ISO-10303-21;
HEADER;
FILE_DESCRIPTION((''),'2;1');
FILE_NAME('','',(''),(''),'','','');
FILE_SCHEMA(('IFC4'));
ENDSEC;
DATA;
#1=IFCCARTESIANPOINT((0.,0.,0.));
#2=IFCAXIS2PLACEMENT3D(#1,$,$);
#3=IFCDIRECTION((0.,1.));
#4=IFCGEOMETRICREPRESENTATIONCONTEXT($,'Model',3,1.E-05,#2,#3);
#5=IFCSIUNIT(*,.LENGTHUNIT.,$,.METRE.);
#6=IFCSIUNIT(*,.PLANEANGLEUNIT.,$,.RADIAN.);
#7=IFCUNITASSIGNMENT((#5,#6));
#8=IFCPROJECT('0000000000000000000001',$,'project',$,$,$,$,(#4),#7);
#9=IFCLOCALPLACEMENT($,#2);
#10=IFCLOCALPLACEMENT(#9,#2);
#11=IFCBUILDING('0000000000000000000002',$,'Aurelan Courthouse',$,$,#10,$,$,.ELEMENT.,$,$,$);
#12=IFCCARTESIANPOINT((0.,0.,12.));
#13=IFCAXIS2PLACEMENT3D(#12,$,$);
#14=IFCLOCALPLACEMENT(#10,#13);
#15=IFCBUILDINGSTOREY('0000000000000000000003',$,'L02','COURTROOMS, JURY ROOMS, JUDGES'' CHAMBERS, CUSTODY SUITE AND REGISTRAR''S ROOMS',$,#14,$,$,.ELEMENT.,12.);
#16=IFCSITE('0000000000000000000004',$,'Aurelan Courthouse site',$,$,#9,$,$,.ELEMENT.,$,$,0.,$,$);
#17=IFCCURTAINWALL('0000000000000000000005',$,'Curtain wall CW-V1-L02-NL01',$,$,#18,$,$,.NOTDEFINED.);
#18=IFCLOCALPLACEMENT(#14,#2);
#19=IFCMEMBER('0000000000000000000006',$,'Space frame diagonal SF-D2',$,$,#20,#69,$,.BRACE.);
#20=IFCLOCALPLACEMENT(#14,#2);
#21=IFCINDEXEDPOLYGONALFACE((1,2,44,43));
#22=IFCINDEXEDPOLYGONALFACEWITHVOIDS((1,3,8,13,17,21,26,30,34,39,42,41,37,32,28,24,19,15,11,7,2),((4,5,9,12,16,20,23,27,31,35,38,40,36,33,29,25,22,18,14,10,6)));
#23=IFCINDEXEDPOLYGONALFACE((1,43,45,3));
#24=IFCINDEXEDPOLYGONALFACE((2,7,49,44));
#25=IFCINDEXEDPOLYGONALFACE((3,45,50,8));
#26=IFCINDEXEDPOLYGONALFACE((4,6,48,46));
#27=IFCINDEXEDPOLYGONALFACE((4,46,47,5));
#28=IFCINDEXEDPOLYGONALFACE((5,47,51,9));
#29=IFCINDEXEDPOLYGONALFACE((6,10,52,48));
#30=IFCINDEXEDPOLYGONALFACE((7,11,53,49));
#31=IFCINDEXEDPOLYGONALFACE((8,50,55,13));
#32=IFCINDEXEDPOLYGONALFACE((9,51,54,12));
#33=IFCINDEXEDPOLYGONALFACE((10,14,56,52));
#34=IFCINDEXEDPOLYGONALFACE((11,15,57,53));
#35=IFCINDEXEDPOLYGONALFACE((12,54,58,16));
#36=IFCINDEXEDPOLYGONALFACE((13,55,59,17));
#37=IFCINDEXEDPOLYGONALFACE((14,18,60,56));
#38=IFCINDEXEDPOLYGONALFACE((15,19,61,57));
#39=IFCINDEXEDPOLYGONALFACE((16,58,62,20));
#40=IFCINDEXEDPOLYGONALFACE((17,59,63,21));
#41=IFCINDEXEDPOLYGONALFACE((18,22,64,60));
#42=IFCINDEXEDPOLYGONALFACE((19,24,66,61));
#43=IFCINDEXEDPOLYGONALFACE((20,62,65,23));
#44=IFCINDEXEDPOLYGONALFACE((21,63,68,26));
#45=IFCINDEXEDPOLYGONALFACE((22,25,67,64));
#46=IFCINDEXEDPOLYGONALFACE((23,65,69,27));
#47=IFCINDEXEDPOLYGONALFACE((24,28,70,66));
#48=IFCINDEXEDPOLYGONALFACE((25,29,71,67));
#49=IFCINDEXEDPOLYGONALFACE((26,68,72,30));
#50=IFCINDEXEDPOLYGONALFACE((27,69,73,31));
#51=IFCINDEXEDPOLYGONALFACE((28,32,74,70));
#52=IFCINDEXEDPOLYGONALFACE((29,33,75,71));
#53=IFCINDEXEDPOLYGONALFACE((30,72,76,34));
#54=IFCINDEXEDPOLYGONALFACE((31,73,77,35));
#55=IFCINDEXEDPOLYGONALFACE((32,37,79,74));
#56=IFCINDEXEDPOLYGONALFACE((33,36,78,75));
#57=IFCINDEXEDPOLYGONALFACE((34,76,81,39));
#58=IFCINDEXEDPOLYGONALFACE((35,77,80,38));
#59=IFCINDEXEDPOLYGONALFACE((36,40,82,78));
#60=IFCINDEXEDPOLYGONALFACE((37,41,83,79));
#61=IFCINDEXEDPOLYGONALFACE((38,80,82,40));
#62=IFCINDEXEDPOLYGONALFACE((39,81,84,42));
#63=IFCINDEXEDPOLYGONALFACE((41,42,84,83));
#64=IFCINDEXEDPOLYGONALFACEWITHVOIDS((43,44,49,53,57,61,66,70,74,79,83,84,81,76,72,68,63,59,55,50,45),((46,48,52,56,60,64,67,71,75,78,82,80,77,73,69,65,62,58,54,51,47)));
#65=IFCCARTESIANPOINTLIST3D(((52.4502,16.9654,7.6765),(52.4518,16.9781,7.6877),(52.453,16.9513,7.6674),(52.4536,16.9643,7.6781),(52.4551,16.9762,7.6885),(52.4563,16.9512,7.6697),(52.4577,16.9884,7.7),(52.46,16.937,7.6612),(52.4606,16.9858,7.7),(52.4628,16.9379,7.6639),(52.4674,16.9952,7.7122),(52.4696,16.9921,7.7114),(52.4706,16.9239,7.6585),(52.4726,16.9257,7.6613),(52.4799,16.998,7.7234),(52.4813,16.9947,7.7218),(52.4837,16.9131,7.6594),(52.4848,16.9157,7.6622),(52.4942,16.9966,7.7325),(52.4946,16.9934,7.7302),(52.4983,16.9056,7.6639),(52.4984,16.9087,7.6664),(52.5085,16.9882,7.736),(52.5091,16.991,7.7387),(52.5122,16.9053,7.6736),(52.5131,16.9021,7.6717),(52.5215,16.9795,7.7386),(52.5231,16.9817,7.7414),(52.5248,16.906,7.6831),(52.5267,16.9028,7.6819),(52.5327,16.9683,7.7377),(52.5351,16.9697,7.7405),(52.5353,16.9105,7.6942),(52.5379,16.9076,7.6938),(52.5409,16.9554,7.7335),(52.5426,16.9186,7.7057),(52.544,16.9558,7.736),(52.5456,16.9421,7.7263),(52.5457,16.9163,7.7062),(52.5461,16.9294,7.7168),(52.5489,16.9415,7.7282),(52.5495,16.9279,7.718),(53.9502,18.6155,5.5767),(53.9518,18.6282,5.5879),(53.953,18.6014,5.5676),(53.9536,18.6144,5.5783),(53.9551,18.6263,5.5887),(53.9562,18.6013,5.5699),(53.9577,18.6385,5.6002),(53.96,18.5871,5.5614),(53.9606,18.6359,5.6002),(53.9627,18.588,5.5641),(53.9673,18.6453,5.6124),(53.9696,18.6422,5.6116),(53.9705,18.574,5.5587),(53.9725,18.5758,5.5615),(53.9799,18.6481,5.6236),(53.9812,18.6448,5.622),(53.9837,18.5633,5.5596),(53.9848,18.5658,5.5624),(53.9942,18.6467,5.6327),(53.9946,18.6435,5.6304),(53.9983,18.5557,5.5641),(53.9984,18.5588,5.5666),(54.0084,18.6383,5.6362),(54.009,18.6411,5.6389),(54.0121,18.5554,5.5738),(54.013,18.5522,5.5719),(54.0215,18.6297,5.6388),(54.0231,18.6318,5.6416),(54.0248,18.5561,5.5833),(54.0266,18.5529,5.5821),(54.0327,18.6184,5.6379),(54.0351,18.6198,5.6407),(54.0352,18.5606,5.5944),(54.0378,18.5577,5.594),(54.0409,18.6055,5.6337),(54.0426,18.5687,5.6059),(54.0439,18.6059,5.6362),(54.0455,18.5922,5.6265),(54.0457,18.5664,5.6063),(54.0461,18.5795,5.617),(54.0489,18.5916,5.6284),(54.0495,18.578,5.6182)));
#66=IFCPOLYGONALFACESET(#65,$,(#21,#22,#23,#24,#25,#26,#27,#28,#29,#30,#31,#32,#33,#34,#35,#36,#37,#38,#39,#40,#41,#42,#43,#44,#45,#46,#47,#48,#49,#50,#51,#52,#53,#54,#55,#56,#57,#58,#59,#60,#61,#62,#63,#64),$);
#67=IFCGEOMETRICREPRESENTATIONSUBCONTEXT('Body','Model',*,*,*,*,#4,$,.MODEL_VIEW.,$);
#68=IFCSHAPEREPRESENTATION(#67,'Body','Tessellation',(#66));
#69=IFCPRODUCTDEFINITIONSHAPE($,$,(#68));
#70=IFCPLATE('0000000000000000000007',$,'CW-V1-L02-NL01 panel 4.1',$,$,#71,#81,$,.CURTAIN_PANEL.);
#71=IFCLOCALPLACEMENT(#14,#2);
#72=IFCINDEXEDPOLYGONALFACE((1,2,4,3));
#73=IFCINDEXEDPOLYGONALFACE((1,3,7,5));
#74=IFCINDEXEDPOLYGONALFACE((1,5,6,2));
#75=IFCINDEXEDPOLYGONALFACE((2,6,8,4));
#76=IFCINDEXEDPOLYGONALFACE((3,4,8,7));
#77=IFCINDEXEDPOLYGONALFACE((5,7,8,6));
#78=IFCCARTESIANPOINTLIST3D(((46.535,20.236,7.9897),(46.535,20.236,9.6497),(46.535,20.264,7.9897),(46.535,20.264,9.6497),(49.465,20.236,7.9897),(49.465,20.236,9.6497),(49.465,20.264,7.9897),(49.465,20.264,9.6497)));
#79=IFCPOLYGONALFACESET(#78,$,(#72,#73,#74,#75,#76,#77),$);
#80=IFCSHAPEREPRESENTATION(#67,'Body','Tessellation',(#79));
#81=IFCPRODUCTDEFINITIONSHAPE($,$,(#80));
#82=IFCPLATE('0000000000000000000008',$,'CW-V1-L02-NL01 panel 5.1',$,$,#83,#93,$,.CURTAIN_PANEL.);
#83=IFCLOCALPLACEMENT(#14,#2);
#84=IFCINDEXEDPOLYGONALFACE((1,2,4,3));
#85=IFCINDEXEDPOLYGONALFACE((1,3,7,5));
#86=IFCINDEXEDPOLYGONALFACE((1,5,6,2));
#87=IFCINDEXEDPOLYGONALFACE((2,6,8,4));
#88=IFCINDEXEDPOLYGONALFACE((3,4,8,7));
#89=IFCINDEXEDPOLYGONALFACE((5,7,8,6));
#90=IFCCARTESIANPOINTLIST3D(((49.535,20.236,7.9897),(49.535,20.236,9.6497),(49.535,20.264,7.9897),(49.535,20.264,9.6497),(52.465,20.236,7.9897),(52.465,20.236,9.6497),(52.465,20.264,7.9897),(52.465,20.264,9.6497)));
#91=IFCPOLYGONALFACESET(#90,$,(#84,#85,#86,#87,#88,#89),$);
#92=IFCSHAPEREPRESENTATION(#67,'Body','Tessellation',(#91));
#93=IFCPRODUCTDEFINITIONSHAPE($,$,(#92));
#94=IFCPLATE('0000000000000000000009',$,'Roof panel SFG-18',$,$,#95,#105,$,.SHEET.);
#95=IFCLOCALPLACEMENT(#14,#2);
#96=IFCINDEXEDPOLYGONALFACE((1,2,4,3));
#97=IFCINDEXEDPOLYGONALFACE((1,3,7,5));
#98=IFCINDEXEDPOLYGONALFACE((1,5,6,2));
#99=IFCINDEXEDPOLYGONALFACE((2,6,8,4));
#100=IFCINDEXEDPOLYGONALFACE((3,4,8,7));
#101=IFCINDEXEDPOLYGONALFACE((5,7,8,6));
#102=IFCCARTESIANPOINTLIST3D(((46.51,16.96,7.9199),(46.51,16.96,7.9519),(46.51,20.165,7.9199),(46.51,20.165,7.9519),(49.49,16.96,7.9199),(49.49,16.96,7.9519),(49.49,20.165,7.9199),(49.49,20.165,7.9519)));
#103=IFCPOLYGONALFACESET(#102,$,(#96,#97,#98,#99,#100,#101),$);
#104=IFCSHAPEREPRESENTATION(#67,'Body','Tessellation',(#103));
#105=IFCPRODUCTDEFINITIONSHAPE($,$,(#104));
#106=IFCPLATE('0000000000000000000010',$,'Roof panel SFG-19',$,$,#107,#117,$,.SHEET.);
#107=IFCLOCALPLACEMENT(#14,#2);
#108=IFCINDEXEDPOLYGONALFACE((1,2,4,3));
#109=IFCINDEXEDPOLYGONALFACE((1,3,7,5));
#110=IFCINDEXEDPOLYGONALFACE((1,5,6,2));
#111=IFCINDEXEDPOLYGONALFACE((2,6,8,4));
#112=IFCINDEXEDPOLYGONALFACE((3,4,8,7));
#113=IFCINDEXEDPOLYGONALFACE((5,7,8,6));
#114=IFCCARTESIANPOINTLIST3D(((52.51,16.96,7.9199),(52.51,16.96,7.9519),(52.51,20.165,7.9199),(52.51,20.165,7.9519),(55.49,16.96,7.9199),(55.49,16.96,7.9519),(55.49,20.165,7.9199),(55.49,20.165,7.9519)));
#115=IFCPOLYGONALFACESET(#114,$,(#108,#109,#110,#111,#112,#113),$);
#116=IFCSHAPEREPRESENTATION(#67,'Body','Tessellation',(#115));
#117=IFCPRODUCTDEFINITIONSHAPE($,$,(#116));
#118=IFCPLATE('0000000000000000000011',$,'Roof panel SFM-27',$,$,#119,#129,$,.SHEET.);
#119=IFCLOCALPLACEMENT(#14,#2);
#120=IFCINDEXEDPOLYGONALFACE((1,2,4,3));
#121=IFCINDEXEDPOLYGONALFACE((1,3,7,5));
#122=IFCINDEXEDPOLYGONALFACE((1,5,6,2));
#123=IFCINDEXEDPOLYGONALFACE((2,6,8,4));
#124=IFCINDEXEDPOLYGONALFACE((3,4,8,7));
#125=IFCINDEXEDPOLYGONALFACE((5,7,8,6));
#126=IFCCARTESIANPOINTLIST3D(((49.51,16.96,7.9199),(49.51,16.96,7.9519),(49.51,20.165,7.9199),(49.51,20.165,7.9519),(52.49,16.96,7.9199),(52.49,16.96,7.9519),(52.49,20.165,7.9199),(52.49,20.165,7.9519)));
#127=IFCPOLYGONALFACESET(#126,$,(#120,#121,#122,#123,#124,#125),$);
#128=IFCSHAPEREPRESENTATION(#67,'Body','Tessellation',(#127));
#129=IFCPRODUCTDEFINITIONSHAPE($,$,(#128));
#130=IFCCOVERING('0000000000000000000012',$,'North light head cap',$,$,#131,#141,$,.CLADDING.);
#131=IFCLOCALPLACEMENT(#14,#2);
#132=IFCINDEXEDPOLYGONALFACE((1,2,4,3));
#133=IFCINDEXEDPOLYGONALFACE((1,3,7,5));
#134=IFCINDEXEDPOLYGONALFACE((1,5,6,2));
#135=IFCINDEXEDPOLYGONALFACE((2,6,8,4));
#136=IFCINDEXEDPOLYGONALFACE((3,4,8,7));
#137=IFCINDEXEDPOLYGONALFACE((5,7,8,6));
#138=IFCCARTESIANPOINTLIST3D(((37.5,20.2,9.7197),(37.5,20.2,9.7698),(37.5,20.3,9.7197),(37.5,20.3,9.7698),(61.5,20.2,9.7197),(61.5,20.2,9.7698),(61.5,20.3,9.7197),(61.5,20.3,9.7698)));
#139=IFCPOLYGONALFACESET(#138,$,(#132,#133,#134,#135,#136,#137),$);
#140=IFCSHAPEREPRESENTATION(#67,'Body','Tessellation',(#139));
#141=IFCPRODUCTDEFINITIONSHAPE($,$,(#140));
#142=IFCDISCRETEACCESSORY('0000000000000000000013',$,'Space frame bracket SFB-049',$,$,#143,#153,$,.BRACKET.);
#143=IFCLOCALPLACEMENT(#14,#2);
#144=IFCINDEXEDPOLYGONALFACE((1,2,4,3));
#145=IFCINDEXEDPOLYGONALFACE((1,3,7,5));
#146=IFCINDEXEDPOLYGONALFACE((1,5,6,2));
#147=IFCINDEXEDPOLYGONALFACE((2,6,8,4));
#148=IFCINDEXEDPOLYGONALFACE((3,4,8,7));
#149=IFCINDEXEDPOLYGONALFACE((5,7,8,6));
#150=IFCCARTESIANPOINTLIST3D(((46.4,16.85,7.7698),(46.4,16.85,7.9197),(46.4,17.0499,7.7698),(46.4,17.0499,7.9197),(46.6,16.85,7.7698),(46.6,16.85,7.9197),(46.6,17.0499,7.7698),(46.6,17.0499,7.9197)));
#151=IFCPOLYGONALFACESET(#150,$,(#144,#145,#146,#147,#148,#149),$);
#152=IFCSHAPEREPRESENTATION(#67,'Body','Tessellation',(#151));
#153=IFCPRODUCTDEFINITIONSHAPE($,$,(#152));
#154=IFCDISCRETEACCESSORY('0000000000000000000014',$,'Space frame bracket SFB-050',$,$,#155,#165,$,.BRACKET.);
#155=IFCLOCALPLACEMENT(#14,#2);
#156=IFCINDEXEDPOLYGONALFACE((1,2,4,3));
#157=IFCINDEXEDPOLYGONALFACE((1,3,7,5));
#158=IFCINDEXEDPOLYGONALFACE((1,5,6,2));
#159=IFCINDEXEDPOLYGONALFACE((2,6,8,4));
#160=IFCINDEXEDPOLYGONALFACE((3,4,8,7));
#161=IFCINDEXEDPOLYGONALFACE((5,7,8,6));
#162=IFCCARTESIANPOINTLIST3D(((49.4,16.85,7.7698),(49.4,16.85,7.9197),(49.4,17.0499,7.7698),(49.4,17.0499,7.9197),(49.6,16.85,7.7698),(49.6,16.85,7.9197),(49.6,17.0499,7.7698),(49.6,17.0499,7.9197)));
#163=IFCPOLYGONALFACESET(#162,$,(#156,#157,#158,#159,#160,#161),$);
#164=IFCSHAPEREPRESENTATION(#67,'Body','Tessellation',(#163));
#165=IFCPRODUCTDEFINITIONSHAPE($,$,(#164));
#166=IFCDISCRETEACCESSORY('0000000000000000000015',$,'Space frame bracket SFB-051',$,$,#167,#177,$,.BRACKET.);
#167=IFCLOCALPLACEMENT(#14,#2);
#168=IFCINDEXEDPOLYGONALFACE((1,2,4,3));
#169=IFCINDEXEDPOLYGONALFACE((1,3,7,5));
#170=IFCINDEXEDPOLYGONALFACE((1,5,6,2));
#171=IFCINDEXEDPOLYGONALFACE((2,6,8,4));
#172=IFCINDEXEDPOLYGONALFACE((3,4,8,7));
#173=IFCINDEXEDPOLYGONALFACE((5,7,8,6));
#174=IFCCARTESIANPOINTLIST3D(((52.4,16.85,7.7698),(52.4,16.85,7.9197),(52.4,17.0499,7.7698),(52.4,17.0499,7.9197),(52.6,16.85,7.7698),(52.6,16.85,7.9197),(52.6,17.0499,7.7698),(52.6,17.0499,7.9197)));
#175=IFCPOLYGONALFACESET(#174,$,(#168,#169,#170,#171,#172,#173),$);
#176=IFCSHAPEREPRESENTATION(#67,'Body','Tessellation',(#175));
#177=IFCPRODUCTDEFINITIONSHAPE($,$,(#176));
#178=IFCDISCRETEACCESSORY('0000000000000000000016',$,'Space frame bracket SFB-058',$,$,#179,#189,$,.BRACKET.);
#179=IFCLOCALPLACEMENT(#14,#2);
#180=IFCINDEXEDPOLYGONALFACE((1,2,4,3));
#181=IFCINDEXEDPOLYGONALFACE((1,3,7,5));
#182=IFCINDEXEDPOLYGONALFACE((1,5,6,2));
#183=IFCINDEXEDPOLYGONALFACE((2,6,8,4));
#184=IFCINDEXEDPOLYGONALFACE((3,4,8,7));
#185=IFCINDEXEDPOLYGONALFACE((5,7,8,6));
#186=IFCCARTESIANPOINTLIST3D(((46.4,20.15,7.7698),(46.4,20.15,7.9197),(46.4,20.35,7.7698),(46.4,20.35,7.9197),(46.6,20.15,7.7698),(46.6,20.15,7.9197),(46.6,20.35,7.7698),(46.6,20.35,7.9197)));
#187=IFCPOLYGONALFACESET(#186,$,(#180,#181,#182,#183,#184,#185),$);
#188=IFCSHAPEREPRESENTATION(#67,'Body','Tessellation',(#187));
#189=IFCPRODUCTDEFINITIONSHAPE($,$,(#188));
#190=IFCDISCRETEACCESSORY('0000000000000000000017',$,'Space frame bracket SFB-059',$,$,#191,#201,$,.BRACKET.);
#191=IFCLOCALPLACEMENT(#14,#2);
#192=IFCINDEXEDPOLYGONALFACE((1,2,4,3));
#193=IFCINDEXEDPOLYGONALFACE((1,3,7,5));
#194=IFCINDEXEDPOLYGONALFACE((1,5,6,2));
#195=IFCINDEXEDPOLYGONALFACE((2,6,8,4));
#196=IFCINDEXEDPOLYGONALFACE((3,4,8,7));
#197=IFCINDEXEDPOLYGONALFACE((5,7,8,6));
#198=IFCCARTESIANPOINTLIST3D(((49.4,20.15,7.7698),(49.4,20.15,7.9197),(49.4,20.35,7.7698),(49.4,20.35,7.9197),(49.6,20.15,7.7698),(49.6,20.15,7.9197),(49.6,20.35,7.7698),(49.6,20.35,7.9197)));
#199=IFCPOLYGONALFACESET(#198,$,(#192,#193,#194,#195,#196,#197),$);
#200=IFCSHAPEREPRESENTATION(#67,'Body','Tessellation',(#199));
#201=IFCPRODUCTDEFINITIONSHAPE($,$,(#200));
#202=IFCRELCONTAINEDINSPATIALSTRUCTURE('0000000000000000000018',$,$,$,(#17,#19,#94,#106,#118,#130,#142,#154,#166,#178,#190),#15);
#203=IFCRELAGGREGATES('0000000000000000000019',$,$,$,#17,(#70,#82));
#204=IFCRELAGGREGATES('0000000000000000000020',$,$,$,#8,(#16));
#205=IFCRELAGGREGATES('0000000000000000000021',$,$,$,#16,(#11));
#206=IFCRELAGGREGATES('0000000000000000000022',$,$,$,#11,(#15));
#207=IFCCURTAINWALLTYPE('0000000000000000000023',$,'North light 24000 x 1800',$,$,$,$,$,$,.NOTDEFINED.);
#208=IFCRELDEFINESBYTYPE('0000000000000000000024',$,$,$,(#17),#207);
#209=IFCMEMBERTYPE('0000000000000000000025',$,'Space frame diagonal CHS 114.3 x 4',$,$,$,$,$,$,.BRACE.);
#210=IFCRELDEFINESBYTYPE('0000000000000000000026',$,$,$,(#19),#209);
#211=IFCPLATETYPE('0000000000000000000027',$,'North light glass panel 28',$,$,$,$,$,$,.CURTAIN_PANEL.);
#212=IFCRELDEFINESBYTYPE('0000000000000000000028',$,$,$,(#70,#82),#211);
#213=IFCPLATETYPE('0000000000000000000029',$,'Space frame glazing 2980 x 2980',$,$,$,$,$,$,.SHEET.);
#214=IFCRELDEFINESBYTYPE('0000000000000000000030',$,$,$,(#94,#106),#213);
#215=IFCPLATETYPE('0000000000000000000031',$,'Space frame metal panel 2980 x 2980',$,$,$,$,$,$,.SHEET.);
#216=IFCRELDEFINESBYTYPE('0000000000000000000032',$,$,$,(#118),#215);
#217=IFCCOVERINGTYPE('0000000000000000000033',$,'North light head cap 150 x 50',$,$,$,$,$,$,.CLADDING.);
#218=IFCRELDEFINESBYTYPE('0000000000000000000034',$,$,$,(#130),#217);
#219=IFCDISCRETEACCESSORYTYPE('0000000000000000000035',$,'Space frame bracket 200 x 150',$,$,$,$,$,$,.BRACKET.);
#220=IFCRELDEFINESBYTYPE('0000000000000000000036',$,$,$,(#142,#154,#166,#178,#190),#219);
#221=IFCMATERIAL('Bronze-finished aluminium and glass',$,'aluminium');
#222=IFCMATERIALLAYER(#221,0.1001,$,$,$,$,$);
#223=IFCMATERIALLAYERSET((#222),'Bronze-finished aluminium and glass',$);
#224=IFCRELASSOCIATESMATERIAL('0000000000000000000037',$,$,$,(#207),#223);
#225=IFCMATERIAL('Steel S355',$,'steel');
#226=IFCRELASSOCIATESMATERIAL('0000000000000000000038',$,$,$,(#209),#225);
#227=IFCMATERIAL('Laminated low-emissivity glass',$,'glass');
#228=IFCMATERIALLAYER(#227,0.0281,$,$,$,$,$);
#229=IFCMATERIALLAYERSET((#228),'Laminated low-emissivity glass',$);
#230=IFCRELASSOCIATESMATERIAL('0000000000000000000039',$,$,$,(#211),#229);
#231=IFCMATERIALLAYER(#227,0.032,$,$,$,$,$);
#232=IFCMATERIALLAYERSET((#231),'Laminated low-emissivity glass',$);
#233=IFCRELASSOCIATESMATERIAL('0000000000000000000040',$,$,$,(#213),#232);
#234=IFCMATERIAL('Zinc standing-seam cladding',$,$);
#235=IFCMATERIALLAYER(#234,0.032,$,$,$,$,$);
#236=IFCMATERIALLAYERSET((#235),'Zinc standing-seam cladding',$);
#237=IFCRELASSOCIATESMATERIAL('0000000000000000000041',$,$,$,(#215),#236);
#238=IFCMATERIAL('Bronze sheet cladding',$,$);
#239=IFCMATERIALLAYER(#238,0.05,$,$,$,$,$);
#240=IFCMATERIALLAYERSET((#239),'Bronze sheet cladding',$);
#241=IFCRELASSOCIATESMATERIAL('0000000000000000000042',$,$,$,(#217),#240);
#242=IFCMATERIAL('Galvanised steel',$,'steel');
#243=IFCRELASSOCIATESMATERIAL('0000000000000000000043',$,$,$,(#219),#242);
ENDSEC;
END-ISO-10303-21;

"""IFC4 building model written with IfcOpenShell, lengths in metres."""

from ifc_helpers import new_model, si_unit, direction, frame, origin, origin_2d, place, context, subcontext, project, spatial, rectangle, hollow_circle, extrude, material, layer, layer_set, material_profile, profile_set, type_object, element, aggregate, save


model = new_model("IFC4")

# Units and contexts
model_context = context("Model", 3, precision=1e-05, world=origin(), true_north=direction((0.0, 1.0)))
body_context = subcontext(model_context, "Body", "Model", "MODEL_VIEW")
ifc_project = project(units=[si_unit("LENGTHUNIT", "METRE"), si_unit("PLANEANGLEUNIT", "RADIAN")], contexts=[model_context])

# Site, building, storey
site_placement = place(None, origin())
site = spatial("IfcSite", under=ifc_project, at=site_placement, Name="Aurelan Courthouse site", CompositionType="ELEMENT", RefElevation=0.0)
building_placement = place(site_placement, origin())
building = spatial("IfcBuilding", under=site, at=building_placement, Name="Aurelan Courthouse", CompositionType="ELEMENT")
storey_placement = place(building_placement, frame((0.0, 0.0, 12.0)))
storey = spatial("IfcBuildingStorey", under=building, at=storey_placement, Name="L02", Description="COURTROOMS, JURY ROOMS, JUDGES' CHAMBERS, CUSTODY SUITE AND REGISTRAR'S ROOMS", CompositionType="ELEMENT", Elevation=12.0)

# Curtain wall
ifc_material_1 = material(Name="Bronze-finished aluminium and glass", Category="aluminium")
ifc_layer_1 = layer(ifc_material_1, 0.1001)
ifc_layer_set_1 = layer_set([ifc_layer_1], Name="Bronze-finished aluminium and glass")
curtain_wall_type = type_object("IfcCurtainWallType", Name="North light 24000 x 1800", PredefinedType="NOTDEFINED", material=ifc_layer_set_1)
curtain_wall_placement = place(storey_placement, origin())
curtain_wall = element("IfcCurtainWall", 1, at=curtain_wall_placement, inside=storey, type_object=curtain_wall_type, Name="Curtain wall CW-V1-L02-NL01", PredefinedType="NOTDEFINED")

# Member
ifc_material_2 = material(Name="Steel S355", Category="steel")
ifc_material_profile_1 = material_profile(ifc_material_2, hollow_circle(Radius=0.0571, WallThickness=0.0039, at=origin_2d()), Name="CHS 114.3 x 4")
ifc_profile_set_1 = profile_set([ifc_material_profile_1], Name="Steel S355")
member_type_1 = type_object("IfcMemberType", Name="Space frame diagonal CHS 114.3 x 4", PredefinedType="BRACE", material=ifc_profile_set_1)
for number, where, z_axis, x_axis, name in (
    (2, (52.5, 16.95, 7.7), (0.489706, 0.538724, -0.68554), (-0.73997, 0.67264, 0.0), "Space frame diagonal SF-D2"),
):
    element("IfcMember", number, at=place(storey_placement, frame(where, z_axis=z_axis, x_axis=x_axis)), inside=storey, type_object=member_type_1, Name=name, PredefinedType="BRACE", context=body_context, shape_type="SweptSolid", body=[
        extrude(hollow_circle(Radius=0.0571, WallThickness=0.0039, at=origin_2d()), origin(), (0.0, 0.0, 1.0), 3.063),
    ])

# Plates
ifc_material_3 = material(Name="Laminated low-emissivity glass", Category="glass")
ifc_layer_2 = layer(ifc_material_3, 0.0281)
ifc_layer_set_2 = layer_set([ifc_layer_2], Name="Laminated low-emissivity glass")
plate_type_1 = type_object("IfcPlateType", Name="North light glass panel 28", PredefinedType="CURTAIN_PANEL", material=ifc_layer_set_2)
plate_1_placement = place(storey_placement, frame((48.0, 20.25, 7.9897), z_axis=(0.0, 0.0, 1.0), x_axis=(1.0, 0.0, 0.0)))
plate_1 = element("IfcPlate", 3, at=plate_1_placement, type_object=plate_type_1, Name="CW-V1-L02-NL01 panel 4.1", PredefinedType="CURTAIN_PANEL", context=body_context, shape_type="SweptSolid", body=[
    extrude(rectangle(XDim=2.9299, YDim=0.0281, at=origin_2d()), origin(), (0.0, 0.0, 1.0), 1.6599),
])
plate_2_placement = place(storey_placement, frame((51.0, 20.25, 7.9897), z_axis=(0.0, 0.0, 1.0), x_axis=(1.0, 0.0, 0.0)))
plate_2 = element("IfcPlate", 4, at=plate_2_placement, type_object=plate_type_1, Name="CW-V1-L02-NL01 panel 5.1", PredefinedType="CURTAIN_PANEL", context=body_context, shape_type="SweptSolid", body=[
    extrude(rectangle(XDim=2.9299, YDim=0.0281, at=origin_2d()), origin(), (0.0, 0.0, 1.0), 1.6599),
])
aggregate(curtain_wall, [plate_1, plate_2])

# Plates
ifc_layer_3 = layer(ifc_material_3, 0.032)
ifc_layer_set_3 = layer_set([ifc_layer_3], Name="Laminated low-emissivity glass")
plate_type_2 = type_object("IfcPlateType", Name="Space frame glazing 2980 x 2980", PredefinedType="SHEET", material=ifc_layer_set_3)
for number, where, z_axis, x_axis, name in (
    (5, (48.0, 18.5625, 7.9199), (0.0, 0.0, 1.0), (1.0, 0.0, 0.0), "Roof panel SFG-18"),
    (6, (54.0, 18.5625, 7.9199), (0.0, 0.0, 1.0), (1.0, 0.0, 0.0), "Roof panel SFG-19"),
):
    element("IfcPlate", number, at=place(storey_placement, frame(where, z_axis=z_axis, x_axis=x_axis)), inside=storey, type_object=plate_type_2, Name=name, PredefinedType="SHEET", context=body_context, shape_type="SweptSolid", body=[
        extrude(rectangle(XDim=2.98, YDim=3.2051, at=origin_2d()), origin(), (0.0, 0.0, 1.0), 0.032),
    ])
ifc_material_4 = material(Name="Zinc standing-seam cladding")
ifc_layer_4 = layer(ifc_material_4, 0.032)
ifc_layer_set_4 = layer_set([ifc_layer_4], Name="Zinc standing-seam cladding")
plate_type_3 = type_object("IfcPlateType", Name="Space frame metal panel 2980 x 2980", PredefinedType="SHEET", material=ifc_layer_set_4)
plate_3_placement = place(storey_placement, frame((51.0, 18.5625, 7.9199), z_axis=(0.0, 0.0, 1.0), x_axis=(1.0, 0.0, 0.0)))
element("IfcPlate", 7, at=plate_3_placement, inside=storey, type_object=plate_type_3, Name="Roof panel SFM-27", PredefinedType="SHEET", context=body_context, shape_type="SweptSolid", body=[
    extrude(rectangle(XDim=2.98, YDim=3.2051, at=origin_2d()), origin(), (0.0, 0.0, 1.0), 0.032),
])

# Covering
ifc_material_5 = material(Name="Bronze sheet cladding")
ifc_layer_5 = layer(ifc_material_5, 0.05)
ifc_layer_set_5 = layer_set([ifc_layer_5], Name="Bronze sheet cladding")
covering_type = type_object("IfcCoveringType", Name="North light head cap 150 x 50", PredefinedType="CLADDING", material=ifc_layer_set_5)
covering_placement = place(storey_placement, frame((49.5, 20.25, 9.7197), z_axis=(0.0, 0.0, 1.0), x_axis=(1.0, 0.0, 0.0)))
element("IfcCovering", 8, at=covering_placement, inside=storey, type_object=covering_type, Name="North light head cap", PredefinedType="CLADDING", context=body_context, shape_type="SweptSolid", body=[
    extrude(rectangle(XDim=24.0, YDim=0.1001, at=origin_2d()), origin(), (0.0, 0.0, 1.0), 0.05),
])

# Discrete accessories
ifc_material_6 = material(Name="Galvanised steel", Category="steel")
discrete_accessory_type = type_object("IfcDiscreteAccessoryType", Name="Space frame bracket 200 x 150", PredefinedType="BRACKET", material=ifc_material_6)
for number, where, z_axis, x_axis, name in (
    (9, (46.5, 16.95, 7.7698), (0.0, 0.0, 1.0), (1.0, 0.0, 0.0), "Space frame bracket SFB-049"),
    (10, (49.5, 16.95, 7.7698), (0.0, 0.0, 1.0), (1.0, 0.0, 0.0), "Space frame bracket SFB-050"),
    (11, (52.5, 16.95, 7.7698), (0.0, 0.0, 1.0), (1.0, 0.0, 0.0), "Space frame bracket SFB-051"),
    (12, (46.5, 20.25, 7.7698), (0.0, 0.0, 1.0), (1.0, 0.0, 0.0), "Space frame bracket SFB-058"),
    (13, (49.5, 20.25, 7.7698), (0.0, 0.0, 1.0), (1.0, 0.0, 0.0), "Space frame bracket SFB-059"),
):
    element("IfcDiscreteAccessory", number, at=place(storey_placement, frame(where, z_axis=z_axis, x_axis=x_axis)), inside=storey, type_object=discrete_accessory_type, Name=name, PredefinedType="BRACKET", context=body_context, shape_type="SweptSolid", body=[
        extrude(rectangle(XDim=0.2, YDim=0.2, at=origin_2d()), origin(), (0.0, 0.0, 1.0), 0.1499),
    ])

save(model, "model.ifc")
